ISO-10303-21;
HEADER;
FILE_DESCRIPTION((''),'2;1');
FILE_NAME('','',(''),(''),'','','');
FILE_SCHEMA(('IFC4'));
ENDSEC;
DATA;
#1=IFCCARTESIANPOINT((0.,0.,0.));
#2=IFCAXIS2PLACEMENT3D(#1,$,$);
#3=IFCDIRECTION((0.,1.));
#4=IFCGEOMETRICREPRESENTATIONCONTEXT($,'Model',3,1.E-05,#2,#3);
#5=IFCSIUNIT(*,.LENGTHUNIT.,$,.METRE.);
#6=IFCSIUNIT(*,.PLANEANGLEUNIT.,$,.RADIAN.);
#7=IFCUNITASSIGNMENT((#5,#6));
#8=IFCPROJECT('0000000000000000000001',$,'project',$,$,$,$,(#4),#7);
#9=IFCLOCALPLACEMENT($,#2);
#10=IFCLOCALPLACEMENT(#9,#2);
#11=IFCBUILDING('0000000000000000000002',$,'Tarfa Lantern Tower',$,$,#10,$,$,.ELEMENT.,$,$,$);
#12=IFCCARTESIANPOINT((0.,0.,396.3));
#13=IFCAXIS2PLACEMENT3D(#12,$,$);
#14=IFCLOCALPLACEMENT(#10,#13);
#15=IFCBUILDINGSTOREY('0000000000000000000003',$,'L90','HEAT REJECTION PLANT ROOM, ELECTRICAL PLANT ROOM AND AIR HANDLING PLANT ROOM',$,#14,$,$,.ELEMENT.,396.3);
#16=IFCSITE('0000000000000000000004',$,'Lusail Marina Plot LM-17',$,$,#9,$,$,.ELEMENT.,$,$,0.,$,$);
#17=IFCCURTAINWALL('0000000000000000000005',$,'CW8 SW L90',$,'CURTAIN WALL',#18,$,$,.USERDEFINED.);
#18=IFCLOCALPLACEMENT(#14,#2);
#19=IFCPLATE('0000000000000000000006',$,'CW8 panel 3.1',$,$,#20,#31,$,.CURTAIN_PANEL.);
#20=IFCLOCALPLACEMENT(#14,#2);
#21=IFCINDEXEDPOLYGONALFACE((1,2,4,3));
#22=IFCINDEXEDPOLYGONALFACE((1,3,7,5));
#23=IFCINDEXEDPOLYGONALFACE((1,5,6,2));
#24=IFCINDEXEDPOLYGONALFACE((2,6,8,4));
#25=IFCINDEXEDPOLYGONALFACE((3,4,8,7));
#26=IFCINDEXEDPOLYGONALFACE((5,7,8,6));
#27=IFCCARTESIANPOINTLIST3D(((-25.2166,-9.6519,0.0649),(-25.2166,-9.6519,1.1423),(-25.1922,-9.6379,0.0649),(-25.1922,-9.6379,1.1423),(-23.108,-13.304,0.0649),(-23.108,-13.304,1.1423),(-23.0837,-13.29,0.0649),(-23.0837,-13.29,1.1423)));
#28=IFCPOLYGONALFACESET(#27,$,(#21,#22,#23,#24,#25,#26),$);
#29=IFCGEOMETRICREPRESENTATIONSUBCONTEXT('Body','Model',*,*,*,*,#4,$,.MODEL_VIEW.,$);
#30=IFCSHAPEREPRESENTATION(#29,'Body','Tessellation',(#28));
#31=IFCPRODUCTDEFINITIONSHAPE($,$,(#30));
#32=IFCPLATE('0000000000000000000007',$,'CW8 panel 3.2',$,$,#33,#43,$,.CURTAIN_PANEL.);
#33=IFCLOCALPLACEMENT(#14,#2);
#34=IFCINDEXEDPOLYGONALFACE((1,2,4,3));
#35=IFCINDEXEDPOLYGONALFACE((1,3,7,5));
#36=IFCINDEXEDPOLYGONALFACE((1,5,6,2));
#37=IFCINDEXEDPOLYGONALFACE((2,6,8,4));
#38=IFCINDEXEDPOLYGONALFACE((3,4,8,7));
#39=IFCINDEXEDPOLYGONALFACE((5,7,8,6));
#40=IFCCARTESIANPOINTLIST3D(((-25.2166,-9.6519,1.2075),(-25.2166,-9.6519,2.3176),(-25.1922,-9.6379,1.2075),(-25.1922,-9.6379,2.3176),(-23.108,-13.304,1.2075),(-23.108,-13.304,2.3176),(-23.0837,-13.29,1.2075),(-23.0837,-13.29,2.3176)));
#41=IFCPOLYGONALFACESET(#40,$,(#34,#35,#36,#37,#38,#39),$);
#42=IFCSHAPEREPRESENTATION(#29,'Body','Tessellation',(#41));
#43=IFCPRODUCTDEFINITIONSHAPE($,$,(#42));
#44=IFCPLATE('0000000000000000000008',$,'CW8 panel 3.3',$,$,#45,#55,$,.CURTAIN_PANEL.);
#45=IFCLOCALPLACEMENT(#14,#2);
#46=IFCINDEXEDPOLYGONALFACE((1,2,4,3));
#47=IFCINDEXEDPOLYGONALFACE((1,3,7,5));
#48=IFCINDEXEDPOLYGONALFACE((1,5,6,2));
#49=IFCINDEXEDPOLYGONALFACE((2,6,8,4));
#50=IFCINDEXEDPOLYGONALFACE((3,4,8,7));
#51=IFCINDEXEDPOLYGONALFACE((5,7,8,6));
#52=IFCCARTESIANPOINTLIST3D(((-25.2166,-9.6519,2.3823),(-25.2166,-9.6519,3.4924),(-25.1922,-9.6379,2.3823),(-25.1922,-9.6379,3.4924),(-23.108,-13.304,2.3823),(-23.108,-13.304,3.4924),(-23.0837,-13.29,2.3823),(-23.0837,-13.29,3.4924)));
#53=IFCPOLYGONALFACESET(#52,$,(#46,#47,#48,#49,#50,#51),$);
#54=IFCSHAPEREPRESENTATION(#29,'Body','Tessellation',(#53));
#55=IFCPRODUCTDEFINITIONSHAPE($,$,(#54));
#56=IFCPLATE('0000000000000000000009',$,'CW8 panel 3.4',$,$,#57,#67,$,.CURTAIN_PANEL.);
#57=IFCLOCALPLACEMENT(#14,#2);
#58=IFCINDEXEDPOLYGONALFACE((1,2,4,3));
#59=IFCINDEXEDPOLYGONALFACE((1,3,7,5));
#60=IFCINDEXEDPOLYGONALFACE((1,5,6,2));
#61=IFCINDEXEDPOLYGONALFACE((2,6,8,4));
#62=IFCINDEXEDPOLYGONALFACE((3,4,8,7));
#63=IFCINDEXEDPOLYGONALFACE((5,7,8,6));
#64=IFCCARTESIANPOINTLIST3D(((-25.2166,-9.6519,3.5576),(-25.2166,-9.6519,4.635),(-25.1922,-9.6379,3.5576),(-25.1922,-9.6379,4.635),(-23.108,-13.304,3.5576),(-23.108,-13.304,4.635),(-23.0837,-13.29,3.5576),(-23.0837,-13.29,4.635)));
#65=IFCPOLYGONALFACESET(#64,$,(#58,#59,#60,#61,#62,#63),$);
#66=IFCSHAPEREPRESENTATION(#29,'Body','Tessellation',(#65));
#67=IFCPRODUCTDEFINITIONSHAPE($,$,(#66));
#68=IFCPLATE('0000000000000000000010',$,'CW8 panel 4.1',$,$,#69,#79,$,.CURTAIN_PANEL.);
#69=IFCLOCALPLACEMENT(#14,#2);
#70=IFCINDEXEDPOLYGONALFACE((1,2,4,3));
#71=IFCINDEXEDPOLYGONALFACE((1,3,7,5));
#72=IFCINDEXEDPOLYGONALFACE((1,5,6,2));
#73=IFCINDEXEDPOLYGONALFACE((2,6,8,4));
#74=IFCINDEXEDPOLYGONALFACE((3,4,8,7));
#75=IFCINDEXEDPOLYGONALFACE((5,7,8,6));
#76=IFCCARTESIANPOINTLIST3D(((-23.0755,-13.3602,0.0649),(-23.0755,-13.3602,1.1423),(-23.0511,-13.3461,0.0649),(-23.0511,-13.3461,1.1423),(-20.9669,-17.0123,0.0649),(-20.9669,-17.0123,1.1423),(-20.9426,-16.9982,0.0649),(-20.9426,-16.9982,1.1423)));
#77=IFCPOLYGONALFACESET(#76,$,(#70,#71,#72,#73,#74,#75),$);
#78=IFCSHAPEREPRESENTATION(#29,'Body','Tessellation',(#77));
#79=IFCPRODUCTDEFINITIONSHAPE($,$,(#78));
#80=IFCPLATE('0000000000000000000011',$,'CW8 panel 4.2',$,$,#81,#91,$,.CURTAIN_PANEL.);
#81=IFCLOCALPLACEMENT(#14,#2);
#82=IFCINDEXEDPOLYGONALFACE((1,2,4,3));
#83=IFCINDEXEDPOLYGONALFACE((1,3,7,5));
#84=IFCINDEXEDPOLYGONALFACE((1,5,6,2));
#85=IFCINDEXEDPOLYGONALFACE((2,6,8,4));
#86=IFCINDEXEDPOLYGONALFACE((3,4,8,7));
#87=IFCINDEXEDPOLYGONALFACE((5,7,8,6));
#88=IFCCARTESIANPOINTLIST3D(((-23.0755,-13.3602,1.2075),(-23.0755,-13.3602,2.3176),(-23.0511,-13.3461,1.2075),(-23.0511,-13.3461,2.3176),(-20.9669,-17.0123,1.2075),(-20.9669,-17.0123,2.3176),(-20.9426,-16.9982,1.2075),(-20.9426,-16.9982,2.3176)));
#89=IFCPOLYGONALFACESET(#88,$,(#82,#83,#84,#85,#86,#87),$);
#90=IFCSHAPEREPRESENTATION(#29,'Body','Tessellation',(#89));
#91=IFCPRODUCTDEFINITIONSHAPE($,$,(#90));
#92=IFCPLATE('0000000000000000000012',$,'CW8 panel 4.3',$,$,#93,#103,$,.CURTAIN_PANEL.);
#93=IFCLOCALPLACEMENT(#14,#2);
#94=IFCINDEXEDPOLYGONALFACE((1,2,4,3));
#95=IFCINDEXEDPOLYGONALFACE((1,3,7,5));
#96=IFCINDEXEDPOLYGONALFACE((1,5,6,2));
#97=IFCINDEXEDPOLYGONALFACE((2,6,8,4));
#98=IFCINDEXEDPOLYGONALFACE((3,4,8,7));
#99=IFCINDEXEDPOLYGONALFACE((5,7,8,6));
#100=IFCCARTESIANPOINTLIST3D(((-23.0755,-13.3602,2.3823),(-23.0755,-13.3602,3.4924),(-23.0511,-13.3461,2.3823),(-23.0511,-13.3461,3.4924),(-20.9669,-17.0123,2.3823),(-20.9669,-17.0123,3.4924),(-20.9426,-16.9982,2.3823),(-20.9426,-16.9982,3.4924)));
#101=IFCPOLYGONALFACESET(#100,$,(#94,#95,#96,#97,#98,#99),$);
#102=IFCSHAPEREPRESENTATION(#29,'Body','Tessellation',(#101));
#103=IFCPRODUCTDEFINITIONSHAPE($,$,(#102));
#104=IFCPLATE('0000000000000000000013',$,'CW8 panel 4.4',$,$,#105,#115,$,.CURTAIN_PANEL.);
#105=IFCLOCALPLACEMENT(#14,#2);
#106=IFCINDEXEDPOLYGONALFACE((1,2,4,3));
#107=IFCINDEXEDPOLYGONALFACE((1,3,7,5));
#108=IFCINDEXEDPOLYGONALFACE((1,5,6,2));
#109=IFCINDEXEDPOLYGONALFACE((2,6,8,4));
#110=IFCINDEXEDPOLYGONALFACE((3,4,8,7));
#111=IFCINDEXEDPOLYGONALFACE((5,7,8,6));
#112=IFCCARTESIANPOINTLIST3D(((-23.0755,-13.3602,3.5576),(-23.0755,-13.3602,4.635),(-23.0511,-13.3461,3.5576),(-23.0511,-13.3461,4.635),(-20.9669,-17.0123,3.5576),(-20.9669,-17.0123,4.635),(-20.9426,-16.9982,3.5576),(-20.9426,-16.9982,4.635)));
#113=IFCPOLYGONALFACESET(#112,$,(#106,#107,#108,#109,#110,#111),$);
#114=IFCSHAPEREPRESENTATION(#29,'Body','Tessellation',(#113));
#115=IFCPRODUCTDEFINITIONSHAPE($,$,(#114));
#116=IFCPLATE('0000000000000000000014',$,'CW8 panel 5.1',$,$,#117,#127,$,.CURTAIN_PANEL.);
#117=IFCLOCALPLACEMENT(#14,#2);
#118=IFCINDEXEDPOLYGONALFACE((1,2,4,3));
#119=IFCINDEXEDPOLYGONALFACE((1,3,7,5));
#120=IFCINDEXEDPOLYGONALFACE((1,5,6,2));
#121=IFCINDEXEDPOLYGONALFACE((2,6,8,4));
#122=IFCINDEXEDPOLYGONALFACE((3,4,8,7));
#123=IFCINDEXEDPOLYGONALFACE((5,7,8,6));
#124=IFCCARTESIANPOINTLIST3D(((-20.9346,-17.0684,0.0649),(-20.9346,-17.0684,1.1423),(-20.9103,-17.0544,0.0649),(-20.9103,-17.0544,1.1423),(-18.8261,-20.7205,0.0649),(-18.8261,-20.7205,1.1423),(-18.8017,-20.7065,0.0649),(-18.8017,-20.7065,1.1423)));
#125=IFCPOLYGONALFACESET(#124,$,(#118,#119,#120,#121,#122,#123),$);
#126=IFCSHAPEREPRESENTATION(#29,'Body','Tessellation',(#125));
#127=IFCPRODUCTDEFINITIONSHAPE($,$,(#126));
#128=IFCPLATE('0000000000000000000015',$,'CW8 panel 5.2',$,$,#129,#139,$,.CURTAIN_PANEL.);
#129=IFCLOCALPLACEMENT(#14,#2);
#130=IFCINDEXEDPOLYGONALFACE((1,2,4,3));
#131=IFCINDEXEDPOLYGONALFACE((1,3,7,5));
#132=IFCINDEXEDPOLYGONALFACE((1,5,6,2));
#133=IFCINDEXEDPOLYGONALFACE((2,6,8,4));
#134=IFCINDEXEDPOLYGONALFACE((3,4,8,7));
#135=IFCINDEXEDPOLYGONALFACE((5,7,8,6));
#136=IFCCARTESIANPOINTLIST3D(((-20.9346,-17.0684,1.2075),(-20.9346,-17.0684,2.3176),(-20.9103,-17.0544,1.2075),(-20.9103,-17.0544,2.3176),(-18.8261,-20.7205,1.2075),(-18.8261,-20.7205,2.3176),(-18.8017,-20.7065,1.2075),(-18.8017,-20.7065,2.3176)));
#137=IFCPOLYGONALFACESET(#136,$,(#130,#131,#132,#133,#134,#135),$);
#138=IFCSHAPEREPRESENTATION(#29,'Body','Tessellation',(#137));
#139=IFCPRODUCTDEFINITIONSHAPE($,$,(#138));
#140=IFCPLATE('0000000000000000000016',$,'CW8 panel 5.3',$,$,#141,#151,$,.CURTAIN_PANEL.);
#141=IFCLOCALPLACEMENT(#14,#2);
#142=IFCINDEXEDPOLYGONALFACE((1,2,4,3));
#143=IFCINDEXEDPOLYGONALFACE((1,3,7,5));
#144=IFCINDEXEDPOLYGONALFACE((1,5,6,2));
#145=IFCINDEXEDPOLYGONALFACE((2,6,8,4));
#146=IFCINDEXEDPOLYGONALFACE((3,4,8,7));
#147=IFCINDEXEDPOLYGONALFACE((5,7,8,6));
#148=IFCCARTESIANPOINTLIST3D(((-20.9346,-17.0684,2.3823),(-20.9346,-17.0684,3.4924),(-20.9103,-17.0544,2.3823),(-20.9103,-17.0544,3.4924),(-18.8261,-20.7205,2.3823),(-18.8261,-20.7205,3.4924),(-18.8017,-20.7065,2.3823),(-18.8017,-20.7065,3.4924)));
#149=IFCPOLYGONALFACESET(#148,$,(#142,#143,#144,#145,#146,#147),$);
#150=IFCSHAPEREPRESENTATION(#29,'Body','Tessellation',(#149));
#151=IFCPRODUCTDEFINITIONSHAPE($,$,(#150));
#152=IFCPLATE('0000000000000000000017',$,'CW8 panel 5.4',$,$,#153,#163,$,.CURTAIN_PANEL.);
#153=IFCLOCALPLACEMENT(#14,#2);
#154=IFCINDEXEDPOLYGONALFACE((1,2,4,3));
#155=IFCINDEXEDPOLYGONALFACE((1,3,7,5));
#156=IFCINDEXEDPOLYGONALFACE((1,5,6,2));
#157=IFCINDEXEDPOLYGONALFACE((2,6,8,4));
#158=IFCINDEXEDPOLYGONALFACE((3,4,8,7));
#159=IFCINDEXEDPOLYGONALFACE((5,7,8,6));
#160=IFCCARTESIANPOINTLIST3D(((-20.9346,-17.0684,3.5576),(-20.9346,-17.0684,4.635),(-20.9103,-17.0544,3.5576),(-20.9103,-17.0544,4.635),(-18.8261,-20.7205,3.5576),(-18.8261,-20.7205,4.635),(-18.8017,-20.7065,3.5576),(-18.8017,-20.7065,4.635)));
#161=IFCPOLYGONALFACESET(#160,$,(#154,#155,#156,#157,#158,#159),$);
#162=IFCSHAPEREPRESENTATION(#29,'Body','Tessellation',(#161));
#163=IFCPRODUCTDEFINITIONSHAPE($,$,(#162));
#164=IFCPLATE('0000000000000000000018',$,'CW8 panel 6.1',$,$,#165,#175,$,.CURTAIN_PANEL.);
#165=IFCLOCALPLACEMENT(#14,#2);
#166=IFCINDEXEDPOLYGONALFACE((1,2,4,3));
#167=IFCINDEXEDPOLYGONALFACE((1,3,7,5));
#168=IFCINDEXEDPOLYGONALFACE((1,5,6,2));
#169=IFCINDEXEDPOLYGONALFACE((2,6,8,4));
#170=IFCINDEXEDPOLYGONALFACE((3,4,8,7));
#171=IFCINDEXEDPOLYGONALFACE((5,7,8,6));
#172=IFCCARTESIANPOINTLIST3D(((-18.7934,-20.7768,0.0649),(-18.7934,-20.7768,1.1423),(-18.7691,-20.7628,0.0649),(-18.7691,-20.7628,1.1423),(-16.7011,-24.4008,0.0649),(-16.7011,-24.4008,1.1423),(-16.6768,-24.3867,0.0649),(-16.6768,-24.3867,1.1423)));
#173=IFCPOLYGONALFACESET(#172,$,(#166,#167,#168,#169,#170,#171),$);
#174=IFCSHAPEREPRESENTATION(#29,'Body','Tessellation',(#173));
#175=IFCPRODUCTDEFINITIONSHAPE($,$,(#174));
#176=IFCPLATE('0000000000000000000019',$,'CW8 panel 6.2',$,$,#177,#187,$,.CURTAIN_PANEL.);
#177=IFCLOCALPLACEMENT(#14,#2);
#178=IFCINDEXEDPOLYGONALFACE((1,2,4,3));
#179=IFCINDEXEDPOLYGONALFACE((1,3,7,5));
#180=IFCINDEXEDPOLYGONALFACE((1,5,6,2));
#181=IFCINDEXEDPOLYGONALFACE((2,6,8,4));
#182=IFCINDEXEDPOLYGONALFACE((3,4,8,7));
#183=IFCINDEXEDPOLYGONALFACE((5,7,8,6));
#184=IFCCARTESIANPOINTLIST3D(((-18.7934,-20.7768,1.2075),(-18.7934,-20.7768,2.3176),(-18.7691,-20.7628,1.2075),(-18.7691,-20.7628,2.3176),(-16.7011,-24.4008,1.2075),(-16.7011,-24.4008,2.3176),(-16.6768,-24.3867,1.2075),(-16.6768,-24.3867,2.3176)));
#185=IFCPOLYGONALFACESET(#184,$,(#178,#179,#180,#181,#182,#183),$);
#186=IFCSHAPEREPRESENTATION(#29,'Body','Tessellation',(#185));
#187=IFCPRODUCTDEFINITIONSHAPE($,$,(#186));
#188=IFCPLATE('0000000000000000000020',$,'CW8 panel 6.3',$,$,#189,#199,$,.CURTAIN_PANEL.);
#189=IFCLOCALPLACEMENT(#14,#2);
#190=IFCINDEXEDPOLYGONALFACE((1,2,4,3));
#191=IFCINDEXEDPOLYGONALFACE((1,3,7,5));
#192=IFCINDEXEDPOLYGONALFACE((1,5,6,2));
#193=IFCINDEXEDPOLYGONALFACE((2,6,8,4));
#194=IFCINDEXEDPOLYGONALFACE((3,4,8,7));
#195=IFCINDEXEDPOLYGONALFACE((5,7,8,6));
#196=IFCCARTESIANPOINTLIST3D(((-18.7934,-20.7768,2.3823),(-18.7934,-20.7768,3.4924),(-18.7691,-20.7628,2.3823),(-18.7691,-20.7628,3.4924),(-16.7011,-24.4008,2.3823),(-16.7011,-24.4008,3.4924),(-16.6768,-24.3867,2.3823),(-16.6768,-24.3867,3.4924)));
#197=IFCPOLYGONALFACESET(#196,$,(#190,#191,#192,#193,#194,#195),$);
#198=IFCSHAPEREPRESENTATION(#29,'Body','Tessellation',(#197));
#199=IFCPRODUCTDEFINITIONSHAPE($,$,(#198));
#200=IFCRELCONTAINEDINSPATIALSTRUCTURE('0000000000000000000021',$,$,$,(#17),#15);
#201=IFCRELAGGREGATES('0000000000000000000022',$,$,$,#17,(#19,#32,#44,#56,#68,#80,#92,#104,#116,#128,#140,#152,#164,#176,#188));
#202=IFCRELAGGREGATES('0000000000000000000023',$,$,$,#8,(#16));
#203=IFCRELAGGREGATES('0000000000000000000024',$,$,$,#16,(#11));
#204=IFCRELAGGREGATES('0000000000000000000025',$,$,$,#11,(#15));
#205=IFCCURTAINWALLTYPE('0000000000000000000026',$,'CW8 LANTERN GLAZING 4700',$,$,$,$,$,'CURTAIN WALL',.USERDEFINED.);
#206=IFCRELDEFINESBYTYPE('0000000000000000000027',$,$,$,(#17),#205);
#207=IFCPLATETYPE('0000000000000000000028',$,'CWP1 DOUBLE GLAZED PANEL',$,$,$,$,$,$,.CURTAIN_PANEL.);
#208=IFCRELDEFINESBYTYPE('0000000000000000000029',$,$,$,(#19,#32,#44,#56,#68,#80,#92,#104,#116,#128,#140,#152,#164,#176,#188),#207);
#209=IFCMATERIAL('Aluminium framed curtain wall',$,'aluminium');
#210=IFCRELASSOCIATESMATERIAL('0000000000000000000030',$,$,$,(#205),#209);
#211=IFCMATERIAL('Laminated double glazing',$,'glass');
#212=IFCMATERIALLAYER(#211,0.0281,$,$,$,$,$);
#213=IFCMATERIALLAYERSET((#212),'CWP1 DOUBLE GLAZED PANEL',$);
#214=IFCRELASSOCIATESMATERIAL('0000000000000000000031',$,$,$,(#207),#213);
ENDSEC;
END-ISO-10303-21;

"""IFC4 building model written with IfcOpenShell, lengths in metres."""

from ifc_helpers import new_model, si_unit, direction, frame, origin, origin_2d, place, context, subcontext, project, spatial, rectangle, extrude, material, layer, layer_set, type_object, element, aggregate, save


model = new_model("IFC4")

# Units and contexts
model_context = context("Model", 3, precision=1e-05, world=origin(), true_north=direction((0.0, 1.0)))
body_context = subcontext(model_context, "Body", "Model", "MODEL_VIEW")
ifc_project = project(units=[si_unit("LENGTHUNIT", "METRE"), si_unit("PLANEANGLEUNIT", "RADIAN")], contexts=[model_context])

# Site, building, storey
site_placement = place(None, origin())
site = spatial("IfcSite", under=ifc_project, at=site_placement, Name="Lusail Marina Plot LM-17", CompositionType="ELEMENT", RefElevation=0.0)
building_placement = place(site_placement, origin())
building = spatial("IfcBuilding", under=site, at=building_placement, Name="Tarfa Lantern Tower", CompositionType="ELEMENT")
storey_placement = place(building_placement, frame((0.0, 0.0, 396.3)))
storey = spatial("IfcBuildingStorey", under=building, at=storey_placement, Name="L90", Description="HEAT REJECTION PLANT ROOM, ELECTRICAL PLANT ROOM AND AIR HANDLING PLANT ROOM", CompositionType="ELEMENT", Elevation=396.3)

# Shared definitions
ifc_material_1 = material(Name="Aluminium framed curtain wall", Category="aluminium")
curtain_wall_type = type_object("IfcCurtainWallType", Name="CW8 LANTERN GLAZING 4700", ElementType="CURTAIN WALL", PredefinedType="USERDEFINED", material=ifc_material_1)

# Curtain wall
curtain_wall_1_placement = place(storey_placement, origin())
curtain_wall_1 = element("IfcCurtainWall", 1, at=curtain_wall_1_placement, inside=storey, type_object=curtain_wall_type, Name="CW8 SW L90", ObjectType="CURTAIN WALL", PredefinedType="USERDEFINED")

# Plates
ifc_material_2 = material(Name="Laminated double glazing", Category="glass")
ifc_layer = layer(ifc_material_2, 0.0281)
ifc_layer_set = layer_set([ifc_layer], Name="CWP1 DOUBLE GLAZED PANEL")
plate_type = type_object("IfcPlateType", Name="CWP1 DOUBLE GLAZED PANEL", PredefinedType="CURTAIN_PANEL", material=ifc_layer_set)
plate_1_placement = place(storey_placement, frame((-24.1501, -11.4709, 0.0649), z_axis=(0.0, 0.0, 1.0), x_axis=(0.5, -0.866025, 0.0)))
plate_1 = element("IfcPlate", 2, at=plate_1_placement, type_object=plate_type, Name="CW8 panel 3.1", PredefinedType="CURTAIN_PANEL", context=body_context, shape_type="SweptSolid", body=[
    extrude(rectangle(XDim=4.217, YDim=0.0281, at=origin_2d()), origin(), (0.0, 0.0, 1.0), 1.0774),
])
plate_2_placement = place(storey_placement, frame((-24.1501, -11.4709, 1.2075), z_axis=(0.0, 0.0, 1.0), x_axis=(0.5, -0.866025, 0.0)))
plate_2 = element("IfcPlate", 3, at=plate_2_placement, type_object=plate_type, Name="CW8 panel 3.2", PredefinedType="CURTAIN_PANEL", context=body_context, shape_type="SweptSolid", body=[
    extrude(rectangle(XDim=4.217, YDim=0.0281, at=origin_2d()), origin(), (0.0, 0.0, 1.0), 1.1101),
])
plate_3_placement = place(storey_placement, frame((-24.1501, -11.4709, 2.3823), z_axis=(0.0, 0.0, 1.0), x_axis=(0.5, -0.866025, 0.0)))
plate_3 = element("IfcPlate", 4, at=plate_3_placement, type_object=plate_type, Name="CW8 panel 3.3", PredefinedType="CURTAIN_PANEL", context=body_context, shape_type="SweptSolid", body=[
    extrude(rectangle(XDim=4.217, YDim=0.0281, at=origin_2d()), origin(), (0.0, 0.0, 1.0), 1.1101),
])
plate_4_placement = place(storey_placement, frame((-24.1501, -11.4709, 3.5576), z_axis=(0.0, 0.0, 1.0), x_axis=(0.5, -0.866025, 0.0)))
plate_4 = element("IfcPlate", 5, at=plate_4_placement, type_object=plate_type, Name="CW8 panel 3.4", PredefinedType="CURTAIN_PANEL", context=body_context, shape_type="SweptSolid", body=[
    extrude(rectangle(XDim=4.217, YDim=0.0281, at=origin_2d()), origin(), (0.0, 0.0, 1.0), 1.0774),
])
plate_5_placement = place(storey_placement, frame((-22.009, -15.1792, 0.0649), z_axis=(0.0, 0.0, 1.0), x_axis=(0.5, -0.866025, 0.0)))
plate_5 = element("IfcPlate", 6, at=plate_5_placement, type_object=plate_type, Name="CW8 panel 4.1", PredefinedType="CURTAIN_PANEL", context=body_context, shape_type="SweptSolid", body=[
    extrude(rectangle(XDim=4.217, YDim=0.0281, at=origin_2d()), origin(), (0.0, 0.0, 1.0), 1.0774),
])
plate_6_placement = place(storey_placement, frame((-22.009, -15.1792, 1.2075), z_axis=(0.0, 0.0, 1.0), x_axis=(0.5, -0.866025, 0.0)))
plate_6 = element("IfcPlate", 7, at=plate_6_placement, type_object=plate_type, Name="CW8 panel 4.2", PredefinedType="CURTAIN_PANEL", context=body_context, shape_type="SweptSolid", body=[
    extrude(rectangle(XDim=4.217, YDim=0.0281, at=origin_2d()), origin(), (0.0, 0.0, 1.0), 1.1101),
])
plate_7_placement = place(storey_placement, frame((-22.009, -15.1792, 2.3823), z_axis=(0.0, 0.0, 1.0), x_axis=(0.5, -0.866025, 0.0)))
plate_7 = element("IfcPlate", 8, at=plate_7_placement, type_object=plate_type, Name="CW8 panel 4.3", PredefinedType="CURTAIN_PANEL", context=body_context, shape_type="SweptSolid", body=[
    extrude(rectangle(XDim=4.217, YDim=0.0281, at=origin_2d()), origin(), (0.0, 0.0, 1.0), 1.1101),
])
plate_8_placement = place(storey_placement, frame((-22.009, -15.1792, 3.5576), z_axis=(0.0, 0.0, 1.0), x_axis=(0.5, -0.866025, 0.0)))
plate_8 = element("IfcPlate", 9, at=plate_8_placement, type_object=plate_type, Name="CW8 panel 4.4", PredefinedType="CURTAIN_PANEL", context=body_context, shape_type="SweptSolid", body=[
    extrude(rectangle(XDim=4.217, YDim=0.0281, at=origin_2d()), origin(), (0.0, 0.0, 1.0), 1.0774),
])
plate_9_placement = place(storey_placement, frame((-19.8682, -18.8875, 0.0649), z_axis=(0.0, 0.0, 1.0), x_axis=(0.5, -0.866025, 0.0)))
plate_9 = element("IfcPlate", 10, at=plate_9_placement, type_object=plate_type, Name="CW8 panel 5.1", PredefinedType="CURTAIN_PANEL", context=body_context, shape_type="SweptSolid", body=[
    extrude(rectangle(XDim=4.217, YDim=0.0281, at=origin_2d()), origin(), (0.0, 0.0, 1.0), 1.0774),
])
plate_10_placement = place(storey_placement, frame((-19.8682, -18.8875, 1.2075), z_axis=(0.0, 0.0, 1.0), x_axis=(0.5, -0.866025, 0.0)))
plate_10 = element("IfcPlate", 11, at=plate_10_placement, type_object=plate_type, Name="CW8 panel 5.2", PredefinedType="CURTAIN_PANEL", context=body_context, shape_type="SweptSolid", body=[
    extrude(rectangle(XDim=4.217, YDim=0.0281, at=origin_2d()), origin(), (0.0, 0.0, 1.0), 1.1101),
])
plate_11_placement = place(storey_placement, frame((-19.8682, -18.8875, 2.3823), z_axis=(0.0, 0.0, 1.0), x_axis=(0.5, -0.866025, 0.0)))
plate_11 = element("IfcPlate", 12, at=plate_11_placement, type_object=plate_type, Name="CW8 panel 5.3", PredefinedType="CURTAIN_PANEL", context=body_context, shape_type="SweptSolid", body=[
    extrude(rectangle(XDim=4.217, YDim=0.0281, at=origin_2d()), origin(), (0.0, 0.0, 1.0), 1.1101),
])
plate_12_placement = place(storey_placement, frame((-19.8682, -18.8875, 3.5576), z_axis=(0.0, 0.0, 1.0), x_axis=(0.5, -0.866025, 0.0)))
plate_12 = element("IfcPlate", 13, at=plate_12_placement, type_object=plate_type, Name="CW8 panel 5.4", PredefinedType="CURTAIN_PANEL", context=body_context, shape_type="SweptSolid", body=[
    extrude(rectangle(XDim=4.217, YDim=0.0281, at=origin_2d()), origin(), (0.0, 0.0, 1.0), 1.0774),
])
plate_13_placement = place(storey_placement, frame((-17.7351, -22.5818, 0.0649), z_axis=(0.0, 0.0, 1.0), x_axis=(0.5, -0.866025, 0.0)))
plate_13 = element("IfcPlate", 14, at=plate_13_placement, type_object=plate_type, Name="CW8 panel 6.1", PredefinedType="CURTAIN_PANEL", context=body_context, shape_type="SweptSolid", body=[
    extrude(rectangle(XDim=4.1846, YDim=0.0281, at=origin_2d()), origin(), (0.0, 0.0, 1.0), 1.0774),
])
plate_14_placement = place(storey_placement, frame((-17.7351, -22.5818, 1.2075), z_axis=(0.0, 0.0, 1.0), x_axis=(0.5, -0.866025, 0.0)))
plate_14 = element("IfcPlate", 15, at=plate_14_placement, type_object=plate_type, Name="CW8 panel 6.2", PredefinedType="CURTAIN_PANEL", context=body_context, shape_type="SweptSolid", body=[
    extrude(rectangle(XDim=4.1846, YDim=0.0281, at=origin_2d()), origin(), (0.0, 0.0, 1.0), 1.1101),
])
plate_15_placement = place(storey_placement, frame((-17.7351, -22.5818, 2.3823), z_axis=(0.0, 0.0, 1.0), x_axis=(0.5, -0.866025, 0.0)))
plate_15 = element("IfcPlate", 16, at=plate_15_placement, type_object=plate_type, Name="CW8 panel 6.3", PredefinedType="CURTAIN_PANEL", context=body_context, shape_type="SweptSolid", body=[
    extrude(rectangle(XDim=4.1846, YDim=0.0281, at=origin_2d()), origin(), (0.0, 0.0, 1.0), 1.1101),
])
aggregate(curtain_wall_1, [plate_1, plate_2, plate_3, plate_4, plate_5, plate_6, plate_7, plate_8, plate_9, plate_10, plate_11, plate_12, plate_13, plate_14, plate_15])

save(model, "model.ifc")
